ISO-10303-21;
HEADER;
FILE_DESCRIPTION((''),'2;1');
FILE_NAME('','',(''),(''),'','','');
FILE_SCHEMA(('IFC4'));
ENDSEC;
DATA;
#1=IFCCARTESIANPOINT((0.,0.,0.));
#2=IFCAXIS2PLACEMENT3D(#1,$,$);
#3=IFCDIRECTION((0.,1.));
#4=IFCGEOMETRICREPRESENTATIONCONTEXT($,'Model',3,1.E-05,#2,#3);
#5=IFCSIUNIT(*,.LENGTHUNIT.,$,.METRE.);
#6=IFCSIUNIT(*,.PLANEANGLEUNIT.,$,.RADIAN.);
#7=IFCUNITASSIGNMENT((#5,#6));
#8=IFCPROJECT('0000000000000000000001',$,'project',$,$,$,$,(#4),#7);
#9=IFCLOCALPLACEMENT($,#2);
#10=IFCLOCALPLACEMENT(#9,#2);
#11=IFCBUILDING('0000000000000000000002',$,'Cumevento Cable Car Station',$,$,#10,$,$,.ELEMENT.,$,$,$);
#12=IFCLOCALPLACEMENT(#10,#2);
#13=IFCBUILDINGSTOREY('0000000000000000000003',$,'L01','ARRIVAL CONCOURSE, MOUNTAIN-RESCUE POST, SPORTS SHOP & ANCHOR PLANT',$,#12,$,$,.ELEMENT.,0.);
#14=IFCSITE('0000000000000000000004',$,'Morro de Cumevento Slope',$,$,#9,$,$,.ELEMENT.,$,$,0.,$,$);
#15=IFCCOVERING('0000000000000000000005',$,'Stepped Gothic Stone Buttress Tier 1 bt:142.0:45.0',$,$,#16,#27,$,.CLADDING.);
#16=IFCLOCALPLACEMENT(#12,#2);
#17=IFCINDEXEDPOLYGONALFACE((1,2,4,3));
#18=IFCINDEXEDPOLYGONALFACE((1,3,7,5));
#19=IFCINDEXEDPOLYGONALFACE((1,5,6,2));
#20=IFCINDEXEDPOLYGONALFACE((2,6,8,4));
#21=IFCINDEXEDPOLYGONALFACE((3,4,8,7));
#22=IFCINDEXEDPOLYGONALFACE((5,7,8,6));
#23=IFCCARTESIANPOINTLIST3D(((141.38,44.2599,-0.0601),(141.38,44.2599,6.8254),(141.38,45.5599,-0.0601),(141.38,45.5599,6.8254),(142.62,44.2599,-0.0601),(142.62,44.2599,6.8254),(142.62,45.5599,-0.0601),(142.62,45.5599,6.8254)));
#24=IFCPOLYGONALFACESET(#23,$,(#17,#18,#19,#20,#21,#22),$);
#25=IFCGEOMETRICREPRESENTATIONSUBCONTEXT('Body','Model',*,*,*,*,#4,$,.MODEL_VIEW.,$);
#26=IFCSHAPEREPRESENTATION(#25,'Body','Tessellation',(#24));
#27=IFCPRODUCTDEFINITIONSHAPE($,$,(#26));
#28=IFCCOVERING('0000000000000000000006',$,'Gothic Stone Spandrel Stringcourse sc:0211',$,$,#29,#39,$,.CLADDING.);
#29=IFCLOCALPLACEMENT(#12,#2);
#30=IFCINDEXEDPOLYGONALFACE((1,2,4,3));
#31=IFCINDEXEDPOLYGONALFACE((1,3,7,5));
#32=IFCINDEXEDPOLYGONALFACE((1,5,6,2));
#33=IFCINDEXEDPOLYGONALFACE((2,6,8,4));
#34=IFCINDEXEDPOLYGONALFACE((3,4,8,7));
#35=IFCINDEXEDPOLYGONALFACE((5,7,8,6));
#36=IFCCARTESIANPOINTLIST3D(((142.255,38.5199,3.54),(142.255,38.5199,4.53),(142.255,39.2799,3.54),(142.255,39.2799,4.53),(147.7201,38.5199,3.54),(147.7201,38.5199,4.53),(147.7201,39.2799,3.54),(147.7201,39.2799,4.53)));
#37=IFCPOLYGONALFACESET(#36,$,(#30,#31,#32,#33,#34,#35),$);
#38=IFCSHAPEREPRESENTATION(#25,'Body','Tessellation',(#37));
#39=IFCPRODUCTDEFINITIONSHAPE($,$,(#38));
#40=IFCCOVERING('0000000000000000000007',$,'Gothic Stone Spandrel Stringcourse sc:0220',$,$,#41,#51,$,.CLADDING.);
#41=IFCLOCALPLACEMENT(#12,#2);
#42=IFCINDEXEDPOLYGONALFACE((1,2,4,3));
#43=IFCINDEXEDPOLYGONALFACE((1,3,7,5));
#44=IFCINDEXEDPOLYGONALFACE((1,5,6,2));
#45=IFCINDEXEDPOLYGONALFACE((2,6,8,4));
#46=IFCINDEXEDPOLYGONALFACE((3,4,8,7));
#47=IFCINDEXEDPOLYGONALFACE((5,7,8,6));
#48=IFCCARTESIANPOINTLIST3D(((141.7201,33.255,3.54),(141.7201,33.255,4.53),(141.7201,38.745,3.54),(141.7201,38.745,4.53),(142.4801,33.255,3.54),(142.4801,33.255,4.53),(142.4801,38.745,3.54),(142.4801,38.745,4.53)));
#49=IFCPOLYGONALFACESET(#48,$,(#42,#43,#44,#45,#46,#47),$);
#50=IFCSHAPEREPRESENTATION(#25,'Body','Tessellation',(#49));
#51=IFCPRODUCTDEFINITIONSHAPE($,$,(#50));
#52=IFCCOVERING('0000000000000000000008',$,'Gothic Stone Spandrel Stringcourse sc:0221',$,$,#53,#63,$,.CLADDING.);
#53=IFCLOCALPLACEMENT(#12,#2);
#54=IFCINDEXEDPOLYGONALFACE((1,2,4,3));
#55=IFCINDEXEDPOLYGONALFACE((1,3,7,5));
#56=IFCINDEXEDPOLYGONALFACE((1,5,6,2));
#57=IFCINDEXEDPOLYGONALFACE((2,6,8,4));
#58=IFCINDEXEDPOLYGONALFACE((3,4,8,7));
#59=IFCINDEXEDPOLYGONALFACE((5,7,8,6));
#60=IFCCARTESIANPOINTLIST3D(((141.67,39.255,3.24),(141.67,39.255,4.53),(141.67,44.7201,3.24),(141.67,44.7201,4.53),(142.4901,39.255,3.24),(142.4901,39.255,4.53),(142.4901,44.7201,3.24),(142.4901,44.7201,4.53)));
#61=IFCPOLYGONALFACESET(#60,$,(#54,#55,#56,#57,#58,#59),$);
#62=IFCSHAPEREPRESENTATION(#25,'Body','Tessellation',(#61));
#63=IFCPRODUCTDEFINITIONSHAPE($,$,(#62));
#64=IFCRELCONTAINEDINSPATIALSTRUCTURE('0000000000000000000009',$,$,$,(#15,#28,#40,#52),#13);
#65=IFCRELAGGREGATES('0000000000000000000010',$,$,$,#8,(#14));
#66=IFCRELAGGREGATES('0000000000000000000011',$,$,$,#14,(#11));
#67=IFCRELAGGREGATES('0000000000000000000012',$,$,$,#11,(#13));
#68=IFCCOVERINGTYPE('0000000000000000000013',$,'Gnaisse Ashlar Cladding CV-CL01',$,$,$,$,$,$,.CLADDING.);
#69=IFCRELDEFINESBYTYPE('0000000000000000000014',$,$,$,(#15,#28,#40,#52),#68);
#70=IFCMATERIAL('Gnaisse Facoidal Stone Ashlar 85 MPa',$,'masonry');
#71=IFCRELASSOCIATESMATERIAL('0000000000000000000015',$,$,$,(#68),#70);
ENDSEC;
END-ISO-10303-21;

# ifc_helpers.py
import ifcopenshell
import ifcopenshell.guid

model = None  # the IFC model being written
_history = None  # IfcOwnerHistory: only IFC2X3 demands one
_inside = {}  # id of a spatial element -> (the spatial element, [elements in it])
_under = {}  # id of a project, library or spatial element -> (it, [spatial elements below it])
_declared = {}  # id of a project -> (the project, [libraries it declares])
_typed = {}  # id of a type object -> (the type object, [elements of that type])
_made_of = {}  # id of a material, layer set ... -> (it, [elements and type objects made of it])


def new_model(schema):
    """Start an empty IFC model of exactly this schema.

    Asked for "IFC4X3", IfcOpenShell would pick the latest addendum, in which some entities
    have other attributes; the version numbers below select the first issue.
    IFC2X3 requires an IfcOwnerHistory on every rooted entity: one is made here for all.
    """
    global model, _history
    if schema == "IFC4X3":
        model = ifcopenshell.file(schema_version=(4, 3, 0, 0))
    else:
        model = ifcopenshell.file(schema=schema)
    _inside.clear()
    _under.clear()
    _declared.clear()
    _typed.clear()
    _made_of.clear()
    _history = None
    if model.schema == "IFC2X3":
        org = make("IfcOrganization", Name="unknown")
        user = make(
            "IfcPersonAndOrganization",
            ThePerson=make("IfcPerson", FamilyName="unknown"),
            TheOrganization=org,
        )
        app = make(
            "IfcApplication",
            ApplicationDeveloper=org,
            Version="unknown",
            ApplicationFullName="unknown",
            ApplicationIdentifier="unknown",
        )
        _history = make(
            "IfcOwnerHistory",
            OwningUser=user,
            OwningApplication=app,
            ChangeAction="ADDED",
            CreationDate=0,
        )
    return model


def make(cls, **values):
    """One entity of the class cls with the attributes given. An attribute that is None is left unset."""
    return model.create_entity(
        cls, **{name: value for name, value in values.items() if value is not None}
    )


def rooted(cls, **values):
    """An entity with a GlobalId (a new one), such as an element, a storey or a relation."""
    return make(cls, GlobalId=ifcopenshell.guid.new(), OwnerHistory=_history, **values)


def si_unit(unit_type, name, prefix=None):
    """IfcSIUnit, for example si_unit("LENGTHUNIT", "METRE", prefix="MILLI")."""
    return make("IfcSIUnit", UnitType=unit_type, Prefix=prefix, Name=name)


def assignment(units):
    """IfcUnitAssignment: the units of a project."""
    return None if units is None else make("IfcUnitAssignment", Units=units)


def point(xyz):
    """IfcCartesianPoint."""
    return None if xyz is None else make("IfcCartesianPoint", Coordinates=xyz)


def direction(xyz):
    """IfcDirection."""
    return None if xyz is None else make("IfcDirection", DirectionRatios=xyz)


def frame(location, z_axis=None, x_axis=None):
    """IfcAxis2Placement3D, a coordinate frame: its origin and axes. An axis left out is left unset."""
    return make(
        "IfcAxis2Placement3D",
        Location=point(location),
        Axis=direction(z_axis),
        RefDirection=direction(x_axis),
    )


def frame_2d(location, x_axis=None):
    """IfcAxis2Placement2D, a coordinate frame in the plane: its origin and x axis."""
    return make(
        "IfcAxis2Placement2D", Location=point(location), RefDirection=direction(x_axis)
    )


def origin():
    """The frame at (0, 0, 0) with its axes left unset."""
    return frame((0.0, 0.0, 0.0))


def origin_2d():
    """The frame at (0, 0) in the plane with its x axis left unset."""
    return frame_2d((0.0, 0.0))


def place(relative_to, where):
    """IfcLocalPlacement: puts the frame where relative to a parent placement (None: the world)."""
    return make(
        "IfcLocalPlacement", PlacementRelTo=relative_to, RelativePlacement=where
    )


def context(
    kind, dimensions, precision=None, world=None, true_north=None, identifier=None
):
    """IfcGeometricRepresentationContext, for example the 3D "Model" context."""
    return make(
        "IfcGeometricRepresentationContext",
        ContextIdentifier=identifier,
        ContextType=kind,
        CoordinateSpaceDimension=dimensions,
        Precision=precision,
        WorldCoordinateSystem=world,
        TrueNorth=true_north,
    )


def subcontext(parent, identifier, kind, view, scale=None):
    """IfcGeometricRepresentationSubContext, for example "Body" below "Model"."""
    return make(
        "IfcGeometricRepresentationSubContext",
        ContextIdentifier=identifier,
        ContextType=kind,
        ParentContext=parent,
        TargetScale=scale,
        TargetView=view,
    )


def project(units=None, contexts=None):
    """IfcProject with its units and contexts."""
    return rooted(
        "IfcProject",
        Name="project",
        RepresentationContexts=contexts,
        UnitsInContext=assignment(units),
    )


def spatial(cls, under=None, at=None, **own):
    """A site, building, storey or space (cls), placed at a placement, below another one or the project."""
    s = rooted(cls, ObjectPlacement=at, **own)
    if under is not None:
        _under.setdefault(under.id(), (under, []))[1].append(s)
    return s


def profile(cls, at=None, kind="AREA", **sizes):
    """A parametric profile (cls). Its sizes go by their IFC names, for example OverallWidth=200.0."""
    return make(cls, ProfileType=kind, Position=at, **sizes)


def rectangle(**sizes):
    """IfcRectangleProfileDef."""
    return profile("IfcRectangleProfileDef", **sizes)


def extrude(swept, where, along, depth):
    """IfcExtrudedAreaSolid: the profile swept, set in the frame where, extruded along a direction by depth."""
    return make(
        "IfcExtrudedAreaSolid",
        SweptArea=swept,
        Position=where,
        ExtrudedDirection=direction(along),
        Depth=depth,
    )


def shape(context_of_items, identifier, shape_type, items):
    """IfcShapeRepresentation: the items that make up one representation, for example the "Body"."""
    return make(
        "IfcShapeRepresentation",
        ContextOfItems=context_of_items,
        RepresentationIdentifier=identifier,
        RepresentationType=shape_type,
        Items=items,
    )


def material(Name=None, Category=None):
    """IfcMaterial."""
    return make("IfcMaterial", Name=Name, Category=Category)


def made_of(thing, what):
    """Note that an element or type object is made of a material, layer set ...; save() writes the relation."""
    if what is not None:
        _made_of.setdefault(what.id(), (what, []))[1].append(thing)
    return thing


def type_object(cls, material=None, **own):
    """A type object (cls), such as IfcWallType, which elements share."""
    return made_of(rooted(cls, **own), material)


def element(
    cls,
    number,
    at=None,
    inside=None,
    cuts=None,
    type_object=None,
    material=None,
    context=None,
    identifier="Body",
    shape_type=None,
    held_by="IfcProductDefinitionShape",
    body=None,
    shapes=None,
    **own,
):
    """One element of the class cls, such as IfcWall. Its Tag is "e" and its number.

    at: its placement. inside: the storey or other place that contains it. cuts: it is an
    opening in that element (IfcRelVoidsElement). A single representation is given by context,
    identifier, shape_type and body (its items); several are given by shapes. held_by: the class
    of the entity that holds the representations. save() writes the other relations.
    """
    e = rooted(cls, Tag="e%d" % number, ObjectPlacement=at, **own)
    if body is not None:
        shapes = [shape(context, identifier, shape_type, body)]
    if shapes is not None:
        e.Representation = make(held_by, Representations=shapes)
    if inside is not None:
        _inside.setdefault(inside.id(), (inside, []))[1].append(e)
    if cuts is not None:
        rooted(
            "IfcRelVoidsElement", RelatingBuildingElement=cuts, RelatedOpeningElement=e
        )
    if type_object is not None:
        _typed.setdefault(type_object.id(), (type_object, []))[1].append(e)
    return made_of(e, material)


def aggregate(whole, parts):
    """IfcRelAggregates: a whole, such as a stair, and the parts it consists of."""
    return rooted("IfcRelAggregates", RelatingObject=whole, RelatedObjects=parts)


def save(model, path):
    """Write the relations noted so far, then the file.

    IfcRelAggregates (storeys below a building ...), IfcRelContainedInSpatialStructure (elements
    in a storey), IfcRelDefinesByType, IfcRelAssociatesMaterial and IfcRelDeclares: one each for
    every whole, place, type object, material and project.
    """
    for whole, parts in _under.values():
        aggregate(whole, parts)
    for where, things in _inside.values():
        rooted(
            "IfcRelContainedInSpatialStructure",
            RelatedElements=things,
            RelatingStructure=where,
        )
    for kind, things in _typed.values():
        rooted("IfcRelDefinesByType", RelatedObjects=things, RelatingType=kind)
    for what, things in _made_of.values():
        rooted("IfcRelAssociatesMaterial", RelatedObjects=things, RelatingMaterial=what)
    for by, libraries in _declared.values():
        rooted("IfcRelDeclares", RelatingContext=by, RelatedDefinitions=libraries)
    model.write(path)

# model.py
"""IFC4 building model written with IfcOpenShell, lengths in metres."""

from ifc_helpers import new_model, si_unit, direction, frame, origin, origin_2d, place, context, subcontext, project, spatial, rectangle, extrude, material, type_object, element, save


model = new_model("IFC4")

# Units and contexts
model_context = context("Model", 3, precision=1e-05, world=origin(), true_north=direction((0.0, 1.0)))
body_context = subcontext(model_context, "Body", "Model", "MODEL_VIEW")
ifc_project = project(units=[si_unit("LENGTHUNIT", "METRE"), si_unit("PLANEANGLEUNIT", "RADIAN")], contexts=[model_context])

# Site, building, storey
site_placement = place(None, origin())
site = spatial("IfcSite", under=ifc_project, at=site_placement, Name="Morro de Cumevento Slope", CompositionType="ELEMENT", RefElevation=0.0)
building_placement = place(site_placement, origin())
building = spatial("IfcBuilding", under=site, at=building_placement, Name="Cumevento Cable Car Station", CompositionType="ELEMENT")
storey_placement = place(building_placement, origin())
storey = spatial("IfcBuildingStorey", under=building, at=storey_placement, Name="L01", Description="ARRIVAL CONCOURSE, MOUNTAIN-RESCUE POST, SPORTS SHOP & ANCHOR PLANT", CompositionType="ELEMENT", Elevation=0.0)

# Coverings
ifc_material_1 = material(Name="Gnaisse Facoidal Stone Ashlar 85 MPa", Category="masonry")
covering_type = type_object("IfcCoveringType", Name="Gnaisse Ashlar Cladding CV-CL01", PredefinedType="CLADDING", material=ifc_material_1)
covering_1_placement = place(storey_placement, frame((142.0, 44.9099, -0.0601), z_axis=(0.0, 0.0, 1.0), x_axis=(1.0, 0.0, 0.0)))
element("IfcCovering", 1, at=covering_1_placement, inside=storey, type_object=covering_type, Name="Stepped Gothic Stone Buttress Tier 1 bt:142.0:45.0", PredefinedType="CLADDING", context=body_context, shape_type="SweptSolid", body=[
    extrude(rectangle(XDim=1.24, YDim=1.3, at=origin_2d()), origin(), (0.0, 0.0, 1.0), 6.8855),
])
covering_2_placement = place(storey_placement, frame((144.9875, 38.8999, 3.54), z_axis=(0.0, 0.0, 1.0), x_axis=(1.0, 0.0, 0.0)))
element("IfcCovering", 2, at=covering_2_placement, inside=storey, type_object=covering_type, Name="Gothic Stone Spandrel Stringcourse sc:0211", PredefinedType="CLADDING", context=body_context, shape_type="SweptSolid", body=[
    extrude(rectangle(XDim=5.4651, YDim=0.76, at=origin_2d()), origin(), (0.0, 0.0, 1.0), 0.99),
])
covering_3_placement = place(storey_placement, frame((142.1001, 36.0, 3.54), z_axis=(0.0, 0.0, 1.0), x_axis=(0.0, 1.0, 0.0)))
element("IfcCovering", 3, at=covering_3_placement, inside=storey, type_object=covering_type, Name="Gothic Stone Spandrel Stringcourse sc:0220", PredefinedType="CLADDING", context=body_context, shape_type="SweptSolid", body=[
    extrude(rectangle(XDim=5.49, YDim=0.76, at=origin_2d()), origin(), (0.0, 0.0, 1.0), 0.99),
])
covering_4_placement = place(storey_placement, frame((142.0801, 41.9875, 3.24), z_axis=(0.0, 0.0, 1.0), x_axis=(0.0, 1.0, 0.0)))
element("IfcCovering", 4, at=covering_4_placement, inside=storey, type_object=covering_type, Name="Gothic Stone Spandrel Stringcourse sc:0221", PredefinedType="CLADDING", context=body_context, shape_type="SweptSolid", body=[
    extrude(rectangle(XDim=5.4651, YDim=0.8201, at=origin_2d()), origin(), (0.0, 0.0, 1.0), 1.29),
])

save(model, "model.ifc")
